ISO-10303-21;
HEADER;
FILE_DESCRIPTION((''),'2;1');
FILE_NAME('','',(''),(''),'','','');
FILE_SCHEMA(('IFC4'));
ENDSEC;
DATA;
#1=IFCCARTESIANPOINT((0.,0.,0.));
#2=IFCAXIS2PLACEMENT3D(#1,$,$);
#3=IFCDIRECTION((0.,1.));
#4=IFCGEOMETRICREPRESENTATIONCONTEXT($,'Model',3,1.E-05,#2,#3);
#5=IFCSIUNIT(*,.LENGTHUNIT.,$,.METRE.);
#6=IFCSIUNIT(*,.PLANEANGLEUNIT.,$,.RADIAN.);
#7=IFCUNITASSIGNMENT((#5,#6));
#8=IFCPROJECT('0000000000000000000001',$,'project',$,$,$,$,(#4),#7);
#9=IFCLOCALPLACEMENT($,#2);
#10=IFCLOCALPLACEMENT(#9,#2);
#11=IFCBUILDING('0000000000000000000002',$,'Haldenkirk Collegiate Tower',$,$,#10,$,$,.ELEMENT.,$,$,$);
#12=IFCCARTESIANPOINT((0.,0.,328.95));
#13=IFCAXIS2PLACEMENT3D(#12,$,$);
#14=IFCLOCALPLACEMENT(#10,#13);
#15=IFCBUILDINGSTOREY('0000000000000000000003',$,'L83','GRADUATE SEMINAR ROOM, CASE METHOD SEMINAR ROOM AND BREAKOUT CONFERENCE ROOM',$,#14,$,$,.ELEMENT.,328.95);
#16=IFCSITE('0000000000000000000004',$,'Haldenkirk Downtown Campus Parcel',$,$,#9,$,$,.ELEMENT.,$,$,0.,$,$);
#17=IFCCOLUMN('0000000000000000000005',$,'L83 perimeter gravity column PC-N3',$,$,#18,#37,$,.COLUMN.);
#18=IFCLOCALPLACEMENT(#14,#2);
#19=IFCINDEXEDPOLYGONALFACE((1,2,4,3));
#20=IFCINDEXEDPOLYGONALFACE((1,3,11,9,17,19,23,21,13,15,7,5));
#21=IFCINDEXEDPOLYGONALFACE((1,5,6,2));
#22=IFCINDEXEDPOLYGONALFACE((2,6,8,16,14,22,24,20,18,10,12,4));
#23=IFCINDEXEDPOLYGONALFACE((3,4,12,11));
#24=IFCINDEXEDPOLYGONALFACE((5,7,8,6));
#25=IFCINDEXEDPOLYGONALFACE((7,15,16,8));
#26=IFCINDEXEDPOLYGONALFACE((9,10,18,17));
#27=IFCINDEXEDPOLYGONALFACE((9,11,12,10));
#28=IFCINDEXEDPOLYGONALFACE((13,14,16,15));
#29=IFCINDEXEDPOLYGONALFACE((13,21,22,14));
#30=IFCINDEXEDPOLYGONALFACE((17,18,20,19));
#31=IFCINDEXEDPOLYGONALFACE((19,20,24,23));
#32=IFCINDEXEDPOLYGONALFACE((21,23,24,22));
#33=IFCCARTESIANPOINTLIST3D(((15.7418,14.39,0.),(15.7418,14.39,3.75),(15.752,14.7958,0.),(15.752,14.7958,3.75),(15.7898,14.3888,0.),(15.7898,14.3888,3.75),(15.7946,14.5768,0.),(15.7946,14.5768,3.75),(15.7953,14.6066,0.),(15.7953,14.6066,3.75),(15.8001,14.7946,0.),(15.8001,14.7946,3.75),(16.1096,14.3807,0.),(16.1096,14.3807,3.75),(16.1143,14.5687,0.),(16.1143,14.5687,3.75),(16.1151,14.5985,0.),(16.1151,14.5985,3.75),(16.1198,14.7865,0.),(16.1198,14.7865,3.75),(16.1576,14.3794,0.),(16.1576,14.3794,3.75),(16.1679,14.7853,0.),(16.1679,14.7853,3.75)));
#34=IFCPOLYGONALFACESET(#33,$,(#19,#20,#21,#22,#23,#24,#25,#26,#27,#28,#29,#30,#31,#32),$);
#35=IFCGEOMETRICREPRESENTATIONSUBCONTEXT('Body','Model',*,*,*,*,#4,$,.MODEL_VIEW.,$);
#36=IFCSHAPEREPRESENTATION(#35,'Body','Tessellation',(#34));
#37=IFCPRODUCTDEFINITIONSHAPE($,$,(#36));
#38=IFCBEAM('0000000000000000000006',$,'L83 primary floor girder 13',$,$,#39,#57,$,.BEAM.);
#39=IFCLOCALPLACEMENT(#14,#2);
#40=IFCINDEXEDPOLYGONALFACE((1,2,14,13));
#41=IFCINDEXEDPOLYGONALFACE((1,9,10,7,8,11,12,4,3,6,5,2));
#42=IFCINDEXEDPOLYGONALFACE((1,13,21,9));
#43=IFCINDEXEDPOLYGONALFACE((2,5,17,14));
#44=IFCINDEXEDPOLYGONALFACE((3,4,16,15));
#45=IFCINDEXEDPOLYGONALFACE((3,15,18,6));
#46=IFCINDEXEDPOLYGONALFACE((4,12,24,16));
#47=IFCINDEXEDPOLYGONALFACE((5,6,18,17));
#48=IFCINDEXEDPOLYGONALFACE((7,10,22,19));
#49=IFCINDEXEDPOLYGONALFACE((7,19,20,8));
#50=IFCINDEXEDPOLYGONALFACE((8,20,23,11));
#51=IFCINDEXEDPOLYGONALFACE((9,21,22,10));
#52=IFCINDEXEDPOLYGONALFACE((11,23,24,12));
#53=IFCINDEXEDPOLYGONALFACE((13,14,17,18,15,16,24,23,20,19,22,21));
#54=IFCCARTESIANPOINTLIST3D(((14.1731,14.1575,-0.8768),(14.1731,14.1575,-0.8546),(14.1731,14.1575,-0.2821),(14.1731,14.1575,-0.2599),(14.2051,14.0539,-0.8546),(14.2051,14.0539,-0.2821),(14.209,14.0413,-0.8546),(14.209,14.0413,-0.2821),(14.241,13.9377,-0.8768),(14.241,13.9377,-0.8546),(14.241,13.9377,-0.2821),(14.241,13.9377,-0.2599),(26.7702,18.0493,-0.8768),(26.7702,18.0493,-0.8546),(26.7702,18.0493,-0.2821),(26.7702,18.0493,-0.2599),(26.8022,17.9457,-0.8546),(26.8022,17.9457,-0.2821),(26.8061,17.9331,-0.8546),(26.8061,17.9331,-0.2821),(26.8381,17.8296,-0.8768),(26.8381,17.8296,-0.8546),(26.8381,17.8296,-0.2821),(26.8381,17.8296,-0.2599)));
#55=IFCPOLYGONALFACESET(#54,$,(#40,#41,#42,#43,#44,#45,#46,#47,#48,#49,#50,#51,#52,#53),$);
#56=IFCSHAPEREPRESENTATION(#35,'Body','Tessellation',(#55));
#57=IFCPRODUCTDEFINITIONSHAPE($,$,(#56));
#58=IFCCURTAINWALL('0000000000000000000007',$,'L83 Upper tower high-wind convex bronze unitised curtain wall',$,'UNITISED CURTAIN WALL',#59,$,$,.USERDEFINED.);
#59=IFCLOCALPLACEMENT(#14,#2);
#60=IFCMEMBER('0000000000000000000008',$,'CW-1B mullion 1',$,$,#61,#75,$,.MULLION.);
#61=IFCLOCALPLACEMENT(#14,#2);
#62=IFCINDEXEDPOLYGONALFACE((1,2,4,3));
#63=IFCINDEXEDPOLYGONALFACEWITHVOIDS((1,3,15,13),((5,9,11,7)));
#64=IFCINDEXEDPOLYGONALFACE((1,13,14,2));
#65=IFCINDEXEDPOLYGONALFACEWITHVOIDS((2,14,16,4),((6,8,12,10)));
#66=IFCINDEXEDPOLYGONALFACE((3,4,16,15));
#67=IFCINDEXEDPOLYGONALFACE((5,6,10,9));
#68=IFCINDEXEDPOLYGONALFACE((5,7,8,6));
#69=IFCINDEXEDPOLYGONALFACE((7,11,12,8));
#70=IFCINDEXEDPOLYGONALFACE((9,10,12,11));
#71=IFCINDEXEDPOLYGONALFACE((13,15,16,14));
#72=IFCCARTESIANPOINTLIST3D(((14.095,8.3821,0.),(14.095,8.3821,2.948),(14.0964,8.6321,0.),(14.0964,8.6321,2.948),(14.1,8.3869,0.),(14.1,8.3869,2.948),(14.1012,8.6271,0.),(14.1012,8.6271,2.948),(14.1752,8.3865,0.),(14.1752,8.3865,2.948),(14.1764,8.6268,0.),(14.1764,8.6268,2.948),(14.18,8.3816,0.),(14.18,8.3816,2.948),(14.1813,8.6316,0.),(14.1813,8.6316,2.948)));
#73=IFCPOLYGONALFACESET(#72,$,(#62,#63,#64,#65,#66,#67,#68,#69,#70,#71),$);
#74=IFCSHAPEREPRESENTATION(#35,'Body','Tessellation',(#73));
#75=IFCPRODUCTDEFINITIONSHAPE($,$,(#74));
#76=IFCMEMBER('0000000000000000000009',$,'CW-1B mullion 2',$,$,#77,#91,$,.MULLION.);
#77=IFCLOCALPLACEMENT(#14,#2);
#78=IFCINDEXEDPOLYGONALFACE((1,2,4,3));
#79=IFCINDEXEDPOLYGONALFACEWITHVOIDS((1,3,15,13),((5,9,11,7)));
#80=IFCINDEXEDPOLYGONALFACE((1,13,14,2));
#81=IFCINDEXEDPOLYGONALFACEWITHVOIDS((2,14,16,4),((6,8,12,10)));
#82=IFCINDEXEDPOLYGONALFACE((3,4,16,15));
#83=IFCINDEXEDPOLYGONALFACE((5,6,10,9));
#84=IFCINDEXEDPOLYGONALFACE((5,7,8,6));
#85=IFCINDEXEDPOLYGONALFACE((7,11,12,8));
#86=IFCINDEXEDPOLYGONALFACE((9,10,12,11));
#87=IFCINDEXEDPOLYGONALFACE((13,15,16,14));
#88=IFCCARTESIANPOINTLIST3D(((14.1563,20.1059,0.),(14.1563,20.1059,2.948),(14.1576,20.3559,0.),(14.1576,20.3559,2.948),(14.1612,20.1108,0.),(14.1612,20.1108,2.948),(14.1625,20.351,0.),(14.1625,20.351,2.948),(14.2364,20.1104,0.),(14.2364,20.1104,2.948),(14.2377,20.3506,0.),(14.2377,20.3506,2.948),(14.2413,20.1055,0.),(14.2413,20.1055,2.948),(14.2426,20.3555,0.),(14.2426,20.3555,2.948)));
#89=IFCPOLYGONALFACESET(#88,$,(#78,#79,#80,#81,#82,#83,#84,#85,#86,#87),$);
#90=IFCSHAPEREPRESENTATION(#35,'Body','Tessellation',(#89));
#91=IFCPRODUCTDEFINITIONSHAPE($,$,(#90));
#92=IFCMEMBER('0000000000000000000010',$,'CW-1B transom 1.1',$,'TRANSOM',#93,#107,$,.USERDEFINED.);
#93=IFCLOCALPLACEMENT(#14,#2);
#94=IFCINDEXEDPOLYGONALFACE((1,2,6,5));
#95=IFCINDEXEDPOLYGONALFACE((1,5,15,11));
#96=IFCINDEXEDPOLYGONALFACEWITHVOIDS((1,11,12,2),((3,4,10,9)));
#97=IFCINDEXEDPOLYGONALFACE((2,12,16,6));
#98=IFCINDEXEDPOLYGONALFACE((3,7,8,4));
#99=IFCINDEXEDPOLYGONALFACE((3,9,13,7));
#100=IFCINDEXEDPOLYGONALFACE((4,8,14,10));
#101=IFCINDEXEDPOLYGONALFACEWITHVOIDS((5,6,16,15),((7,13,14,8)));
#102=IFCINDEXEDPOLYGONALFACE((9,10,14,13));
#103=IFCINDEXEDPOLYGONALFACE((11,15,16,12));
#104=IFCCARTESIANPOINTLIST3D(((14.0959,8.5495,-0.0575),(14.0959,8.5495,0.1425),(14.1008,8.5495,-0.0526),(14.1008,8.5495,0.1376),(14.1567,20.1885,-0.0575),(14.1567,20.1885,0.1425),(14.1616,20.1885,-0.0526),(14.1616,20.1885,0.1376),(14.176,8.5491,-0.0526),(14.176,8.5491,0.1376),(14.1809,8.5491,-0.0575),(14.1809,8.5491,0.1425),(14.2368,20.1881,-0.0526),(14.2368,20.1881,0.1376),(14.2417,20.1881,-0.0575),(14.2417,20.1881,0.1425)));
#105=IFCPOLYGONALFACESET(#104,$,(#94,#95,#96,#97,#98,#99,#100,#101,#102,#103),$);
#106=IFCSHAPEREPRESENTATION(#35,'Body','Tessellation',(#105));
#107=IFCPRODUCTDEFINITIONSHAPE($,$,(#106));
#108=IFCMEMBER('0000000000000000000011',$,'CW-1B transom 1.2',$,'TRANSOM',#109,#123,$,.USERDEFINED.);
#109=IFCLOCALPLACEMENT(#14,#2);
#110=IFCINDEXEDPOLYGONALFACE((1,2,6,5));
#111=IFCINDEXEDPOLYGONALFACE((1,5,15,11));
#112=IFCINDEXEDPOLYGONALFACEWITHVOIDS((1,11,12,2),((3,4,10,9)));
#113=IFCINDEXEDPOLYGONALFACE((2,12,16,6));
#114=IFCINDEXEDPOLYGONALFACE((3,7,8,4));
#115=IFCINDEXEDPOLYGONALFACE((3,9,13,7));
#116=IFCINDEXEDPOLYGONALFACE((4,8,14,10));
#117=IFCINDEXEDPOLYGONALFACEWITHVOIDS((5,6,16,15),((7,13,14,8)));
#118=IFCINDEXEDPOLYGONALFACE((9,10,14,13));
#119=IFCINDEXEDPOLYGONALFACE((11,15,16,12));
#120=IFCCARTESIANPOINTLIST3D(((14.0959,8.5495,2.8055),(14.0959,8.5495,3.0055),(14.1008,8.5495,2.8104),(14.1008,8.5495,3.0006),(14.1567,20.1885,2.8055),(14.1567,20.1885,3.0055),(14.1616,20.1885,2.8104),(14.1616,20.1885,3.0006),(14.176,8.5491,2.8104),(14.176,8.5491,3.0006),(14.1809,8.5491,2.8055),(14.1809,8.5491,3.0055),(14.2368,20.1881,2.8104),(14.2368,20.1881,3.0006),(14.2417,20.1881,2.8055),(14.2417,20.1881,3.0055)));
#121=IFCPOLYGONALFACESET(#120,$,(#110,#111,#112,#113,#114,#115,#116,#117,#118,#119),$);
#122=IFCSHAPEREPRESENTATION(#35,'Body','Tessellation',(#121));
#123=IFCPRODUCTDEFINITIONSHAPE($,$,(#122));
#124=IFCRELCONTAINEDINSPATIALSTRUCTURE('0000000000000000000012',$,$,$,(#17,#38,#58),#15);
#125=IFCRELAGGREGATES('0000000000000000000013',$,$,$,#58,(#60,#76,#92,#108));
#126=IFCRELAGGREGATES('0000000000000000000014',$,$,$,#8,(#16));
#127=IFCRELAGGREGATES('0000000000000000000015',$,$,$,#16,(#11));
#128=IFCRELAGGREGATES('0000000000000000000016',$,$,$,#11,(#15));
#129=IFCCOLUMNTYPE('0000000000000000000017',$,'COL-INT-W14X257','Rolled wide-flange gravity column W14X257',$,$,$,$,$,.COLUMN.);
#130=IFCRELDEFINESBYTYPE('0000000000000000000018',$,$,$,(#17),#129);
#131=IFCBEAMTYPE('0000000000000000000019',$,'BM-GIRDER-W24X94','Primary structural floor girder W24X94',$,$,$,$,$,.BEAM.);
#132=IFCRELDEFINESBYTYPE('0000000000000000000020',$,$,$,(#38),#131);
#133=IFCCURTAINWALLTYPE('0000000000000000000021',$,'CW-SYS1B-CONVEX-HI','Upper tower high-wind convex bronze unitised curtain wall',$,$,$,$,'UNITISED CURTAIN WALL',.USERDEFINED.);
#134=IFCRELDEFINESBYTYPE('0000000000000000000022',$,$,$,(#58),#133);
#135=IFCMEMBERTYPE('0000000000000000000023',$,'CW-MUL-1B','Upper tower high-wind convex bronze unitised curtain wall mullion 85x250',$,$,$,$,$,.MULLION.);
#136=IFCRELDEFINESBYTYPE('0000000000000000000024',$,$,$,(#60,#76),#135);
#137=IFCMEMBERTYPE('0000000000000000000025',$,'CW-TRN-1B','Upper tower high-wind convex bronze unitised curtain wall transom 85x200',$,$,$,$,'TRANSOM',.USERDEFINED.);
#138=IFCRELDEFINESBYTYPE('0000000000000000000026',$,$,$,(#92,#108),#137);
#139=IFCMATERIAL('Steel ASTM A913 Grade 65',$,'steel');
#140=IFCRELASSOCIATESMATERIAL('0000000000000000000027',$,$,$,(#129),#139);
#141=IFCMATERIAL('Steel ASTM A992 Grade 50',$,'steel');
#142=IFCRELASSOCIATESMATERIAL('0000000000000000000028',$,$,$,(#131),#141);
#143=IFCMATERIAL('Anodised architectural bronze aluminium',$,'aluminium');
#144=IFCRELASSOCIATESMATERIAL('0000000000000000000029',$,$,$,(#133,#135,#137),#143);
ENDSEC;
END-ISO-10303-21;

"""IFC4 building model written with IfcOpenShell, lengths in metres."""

from ifc_helpers import new_model, si_unit, direction, frame, origin, origin_2d, place, context, subcontext, project, spatial, hollow_rectangle, i_section, extrude, material, material_profile, profile_set, type_object, element, aggregate, save


model = new_model("IFC4")

# Units and contexts
model_context = context("Model", 3, precision=1e-05, world=origin(), true_north=direction((0.0, 1.0)))
body_context = subcontext(model_context, "Body", "Model", "MODEL_VIEW")
ifc_project = project(units=[si_unit("LENGTHUNIT", "METRE"), si_unit("PLANEANGLEUNIT", "RADIAN")], contexts=[model_context])

# Site, building, storey
site_placement = place(None, origin())
site = spatial("IfcSite", under=ifc_project, at=site_placement, Name="Haldenkirk Downtown Campus Parcel", CompositionType="ELEMENT", RefElevation=0.0)
building_placement = place(site_placement, origin())
building = spatial("IfcBuilding", under=site, at=building_placement, Name="Haldenkirk Collegiate Tower", CompositionType="ELEMENT")
storey_placement = place(building_placement, frame((0.0, 0.0, 328.95)))
storey = spatial("IfcBuildingStorey", under=building, at=storey_placement, Name="L83", Description="GRADUATE SEMINAR ROOM, CASE METHOD SEMINAR ROOM AND BREAKOUT CONFERENCE ROOM", CompositionType="ELEMENT", Elevation=328.95)

# Column
ifc_material_1 = material(Name="Steel ASTM A913 Grade 65", Category="steel")
ifc_material_profile_1 = material_profile(ifc_material_1, i_section(OverallWidth=0.406, OverallDepth=0.416, WebThickness=0.0298, FlangeThickness=0.0481, at=origin_2d()), Name="W14X257")
ifc_profile_set_1 = profile_set([ifc_material_profile_1], Name="Steel ASTM A913 Grade 65")
column_type = type_object("IfcColumnType", Name="COL-INT-W14X257", Description="Rolled wide-flange gravity column W14X257", PredefinedType="COLUMN", material=ifc_profile_set_1)
column_placement = place(storey_placement, frame((15.9548, 14.5876, 0.0), z_axis=(0.0, 0.0, 1.0), x_axis=(0.025305, 0.99968, 0.0)))
element("IfcColumn", 1, at=column_placement, inside=storey, type_object=column_type, Name="L83 perimeter gravity column PC-N3", PredefinedType="COLUMN", context=body_context, shape_type="SweptSolid", body=[
    extrude(i_section(OverallWidth=0.406, OverallDepth=0.416, WebThickness=0.0298, FlangeThickness=0.0481, at=origin_2d()), origin(), (0.0, 0.0, 1.0), 3.75),
])

# Beam
ifc_material_2 = material(Name="Steel ASTM A992 Grade 50", Category="steel")
ifc_material_profile_2 = material_profile(ifc_material_2, i_section(OverallWidth=0.23, OverallDepth=0.6169, WebThickness=0.0132, FlangeThickness=0.0222, at=origin_2d()), Name="W24X94")
ifc_profile_set_2 = profile_set([ifc_material_profile_2], Name="Steel ASTM A992 Grade 50")
beam_type = type_object("IfcBeamType", Name="BM-GIRDER-W24X94", Description="Primary structural floor girder W24X94", PredefinedType="BEAM", material=ifc_profile_set_2)
beam_placement = place(storey_placement, frame((14.207, 14.0476, -0.5684), z_axis=(0.955442, 0.29518, 0.0), x_axis=(-0.29518, 0.955442, 0.0)))
element("IfcBeam", 2, at=beam_placement, inside=storey, type_object=beam_type, Name="L83 primary floor girder 13", PredefinedType="BEAM", context=body_context, shape_type="SweptSolid", body=[
    extrude(i_section(OverallWidth=0.23, OverallDepth=0.6169, WebThickness=0.0132, FlangeThickness=0.0222, at=origin_2d()), origin(), (0.0, 0.0, 1.0), 13.1846),
])

# Curtain wall, members
ifc_material_3 = material(Name="Anodised architectural bronze aluminium", Category="aluminium")
curtain_wall_type = type_object("IfcCurtainWallType", Name="CW-SYS1B-CONVEX-HI", Description="Upper tower high-wind convex bronze unitised curtain wall", ElementType="UNITISED CURTAIN WALL", PredefinedType="USERDEFINED", material=ifc_material_3)
curtain_wall_placement = place(storey_placement, origin())
curtain_wall = element("IfcCurtainWall", 3, at=curtain_wall_placement, inside=storey, type_object=curtain_wall_type, Name="L83 Upper tower high-wind convex bronze unitised curtain wall", ObjectType="UNITISED CURTAIN WALL", PredefinedType="USERDEFINED")
ifc_material_profile_3 = material_profile(ifc_material_3, hollow_rectangle(XDim=0.085, YDim=0.25, WallThickness=0.0049, at=origin_2d()), Name="CW-MUL-1B")
ifc_profile_set_3 = profile_set([ifc_material_profile_3], Name="Anodised architectural bronze aluminium")
member_type_1 = type_object("IfcMemberType", Name="CW-MUL-1B", Description="Upper tower high-wind convex bronze unitised curtain wall mullion 85x250", PredefinedType="MULLION", material=ifc_profile_set_3)
member_1_placement = place(storey_placement, frame((14.1382, 8.5068, 0.0), z_axis=(0.0, 0.0, 1.0), x_axis=(-0.999986, 0.005235, 0.0)))
member_1 = element("IfcMember", 4, at=member_1_placement, type_object=member_type_1, Name="CW-1B mullion 1", PredefinedType="MULLION", context=body_context, shape_type="SweptSolid", body=[
    extrude(hollow_rectangle(XDim=0.085, YDim=0.25, WallThickness=0.0049, at=origin_2d()), origin(), (0.0, 0.0, 1.0), 2.948),
])
member_2_placement = place(storey_placement, frame((14.1995, 20.2307, 0.0), z_axis=(0.0, 0.0, 1.0), x_axis=(-0.999986, 0.005235, 0.0)))
member_2 = element("IfcMember", 5, at=member_2_placement, type_object=member_type_1, Name="CW-1B mullion 2", PredefinedType="MULLION", context=body_context, shape_type="SweptSolid", body=[
    extrude(hollow_rectangle(XDim=0.085, YDim=0.25, WallThickness=0.0049, at=origin_2d()), origin(), (0.0, 0.0, 1.0), 2.948),
])
ifc_material_profile_4 = material_profile(ifc_material_3, hollow_rectangle(XDim=0.085, YDim=0.2, WallThickness=0.0049, at=origin_2d()), Name="CW-TRN-1B")
ifc_profile_set_4 = profile_set([ifc_material_profile_4], Name="Anodised architectural bronze aluminium")
member_type_2 = type_object("IfcMemberType", Name="CW-TRN-1B", Description="Upper tower high-wind convex bronze unitised curtain wall transom 85x200", ElementType="TRANSOM", PredefinedType="USERDEFINED", material=ifc_profile_set_4)
member_3_placement = place(storey_placement, frame((14.1384, 8.5493, 0.0425), z_axis=(0.005223, 0.999986, 0.0), x_axis=(-0.999986, 0.005223, 0.0)))
member_3 = element("IfcMember", 6, at=member_3_placement, type_object=member_type_2, Name="CW-1B transom 1.1", ObjectType="TRANSOM", PredefinedType="USERDEFINED", context=body_context, shape_type="SweptSolid", body=[
    extrude(hollow_rectangle(XDim=0.085, YDim=0.2, WallThickness=0.0049, at=origin_2d()), origin(), (0.0, 0.0, 1.0), 11.6392),
])
member_4_placement = place(storey_placement, frame((14.1384, 8.5493, 2.9055), z_axis=(0.005223, 0.999986, 0.0), x_axis=(-0.999986, 0.005223, 0.0)))
member_4 = element("IfcMember", 7, at=member_4_placement, type_object=member_type_2, Name="CW-1B transom 1.2", ObjectType="TRANSOM", PredefinedType="USERDEFINED", context=body_context, shape_type="SweptSolid", body=[
    extrude(hollow_rectangle(XDim=0.085, YDim=0.2, WallThickness=0.0049, at=origin_2d()), origin(), (0.0, 0.0, 1.0), 11.6392),
])

aggregate(curtain_wall, [member_1, member_2, member_3, member_4])

save(model, "model.ifc")
